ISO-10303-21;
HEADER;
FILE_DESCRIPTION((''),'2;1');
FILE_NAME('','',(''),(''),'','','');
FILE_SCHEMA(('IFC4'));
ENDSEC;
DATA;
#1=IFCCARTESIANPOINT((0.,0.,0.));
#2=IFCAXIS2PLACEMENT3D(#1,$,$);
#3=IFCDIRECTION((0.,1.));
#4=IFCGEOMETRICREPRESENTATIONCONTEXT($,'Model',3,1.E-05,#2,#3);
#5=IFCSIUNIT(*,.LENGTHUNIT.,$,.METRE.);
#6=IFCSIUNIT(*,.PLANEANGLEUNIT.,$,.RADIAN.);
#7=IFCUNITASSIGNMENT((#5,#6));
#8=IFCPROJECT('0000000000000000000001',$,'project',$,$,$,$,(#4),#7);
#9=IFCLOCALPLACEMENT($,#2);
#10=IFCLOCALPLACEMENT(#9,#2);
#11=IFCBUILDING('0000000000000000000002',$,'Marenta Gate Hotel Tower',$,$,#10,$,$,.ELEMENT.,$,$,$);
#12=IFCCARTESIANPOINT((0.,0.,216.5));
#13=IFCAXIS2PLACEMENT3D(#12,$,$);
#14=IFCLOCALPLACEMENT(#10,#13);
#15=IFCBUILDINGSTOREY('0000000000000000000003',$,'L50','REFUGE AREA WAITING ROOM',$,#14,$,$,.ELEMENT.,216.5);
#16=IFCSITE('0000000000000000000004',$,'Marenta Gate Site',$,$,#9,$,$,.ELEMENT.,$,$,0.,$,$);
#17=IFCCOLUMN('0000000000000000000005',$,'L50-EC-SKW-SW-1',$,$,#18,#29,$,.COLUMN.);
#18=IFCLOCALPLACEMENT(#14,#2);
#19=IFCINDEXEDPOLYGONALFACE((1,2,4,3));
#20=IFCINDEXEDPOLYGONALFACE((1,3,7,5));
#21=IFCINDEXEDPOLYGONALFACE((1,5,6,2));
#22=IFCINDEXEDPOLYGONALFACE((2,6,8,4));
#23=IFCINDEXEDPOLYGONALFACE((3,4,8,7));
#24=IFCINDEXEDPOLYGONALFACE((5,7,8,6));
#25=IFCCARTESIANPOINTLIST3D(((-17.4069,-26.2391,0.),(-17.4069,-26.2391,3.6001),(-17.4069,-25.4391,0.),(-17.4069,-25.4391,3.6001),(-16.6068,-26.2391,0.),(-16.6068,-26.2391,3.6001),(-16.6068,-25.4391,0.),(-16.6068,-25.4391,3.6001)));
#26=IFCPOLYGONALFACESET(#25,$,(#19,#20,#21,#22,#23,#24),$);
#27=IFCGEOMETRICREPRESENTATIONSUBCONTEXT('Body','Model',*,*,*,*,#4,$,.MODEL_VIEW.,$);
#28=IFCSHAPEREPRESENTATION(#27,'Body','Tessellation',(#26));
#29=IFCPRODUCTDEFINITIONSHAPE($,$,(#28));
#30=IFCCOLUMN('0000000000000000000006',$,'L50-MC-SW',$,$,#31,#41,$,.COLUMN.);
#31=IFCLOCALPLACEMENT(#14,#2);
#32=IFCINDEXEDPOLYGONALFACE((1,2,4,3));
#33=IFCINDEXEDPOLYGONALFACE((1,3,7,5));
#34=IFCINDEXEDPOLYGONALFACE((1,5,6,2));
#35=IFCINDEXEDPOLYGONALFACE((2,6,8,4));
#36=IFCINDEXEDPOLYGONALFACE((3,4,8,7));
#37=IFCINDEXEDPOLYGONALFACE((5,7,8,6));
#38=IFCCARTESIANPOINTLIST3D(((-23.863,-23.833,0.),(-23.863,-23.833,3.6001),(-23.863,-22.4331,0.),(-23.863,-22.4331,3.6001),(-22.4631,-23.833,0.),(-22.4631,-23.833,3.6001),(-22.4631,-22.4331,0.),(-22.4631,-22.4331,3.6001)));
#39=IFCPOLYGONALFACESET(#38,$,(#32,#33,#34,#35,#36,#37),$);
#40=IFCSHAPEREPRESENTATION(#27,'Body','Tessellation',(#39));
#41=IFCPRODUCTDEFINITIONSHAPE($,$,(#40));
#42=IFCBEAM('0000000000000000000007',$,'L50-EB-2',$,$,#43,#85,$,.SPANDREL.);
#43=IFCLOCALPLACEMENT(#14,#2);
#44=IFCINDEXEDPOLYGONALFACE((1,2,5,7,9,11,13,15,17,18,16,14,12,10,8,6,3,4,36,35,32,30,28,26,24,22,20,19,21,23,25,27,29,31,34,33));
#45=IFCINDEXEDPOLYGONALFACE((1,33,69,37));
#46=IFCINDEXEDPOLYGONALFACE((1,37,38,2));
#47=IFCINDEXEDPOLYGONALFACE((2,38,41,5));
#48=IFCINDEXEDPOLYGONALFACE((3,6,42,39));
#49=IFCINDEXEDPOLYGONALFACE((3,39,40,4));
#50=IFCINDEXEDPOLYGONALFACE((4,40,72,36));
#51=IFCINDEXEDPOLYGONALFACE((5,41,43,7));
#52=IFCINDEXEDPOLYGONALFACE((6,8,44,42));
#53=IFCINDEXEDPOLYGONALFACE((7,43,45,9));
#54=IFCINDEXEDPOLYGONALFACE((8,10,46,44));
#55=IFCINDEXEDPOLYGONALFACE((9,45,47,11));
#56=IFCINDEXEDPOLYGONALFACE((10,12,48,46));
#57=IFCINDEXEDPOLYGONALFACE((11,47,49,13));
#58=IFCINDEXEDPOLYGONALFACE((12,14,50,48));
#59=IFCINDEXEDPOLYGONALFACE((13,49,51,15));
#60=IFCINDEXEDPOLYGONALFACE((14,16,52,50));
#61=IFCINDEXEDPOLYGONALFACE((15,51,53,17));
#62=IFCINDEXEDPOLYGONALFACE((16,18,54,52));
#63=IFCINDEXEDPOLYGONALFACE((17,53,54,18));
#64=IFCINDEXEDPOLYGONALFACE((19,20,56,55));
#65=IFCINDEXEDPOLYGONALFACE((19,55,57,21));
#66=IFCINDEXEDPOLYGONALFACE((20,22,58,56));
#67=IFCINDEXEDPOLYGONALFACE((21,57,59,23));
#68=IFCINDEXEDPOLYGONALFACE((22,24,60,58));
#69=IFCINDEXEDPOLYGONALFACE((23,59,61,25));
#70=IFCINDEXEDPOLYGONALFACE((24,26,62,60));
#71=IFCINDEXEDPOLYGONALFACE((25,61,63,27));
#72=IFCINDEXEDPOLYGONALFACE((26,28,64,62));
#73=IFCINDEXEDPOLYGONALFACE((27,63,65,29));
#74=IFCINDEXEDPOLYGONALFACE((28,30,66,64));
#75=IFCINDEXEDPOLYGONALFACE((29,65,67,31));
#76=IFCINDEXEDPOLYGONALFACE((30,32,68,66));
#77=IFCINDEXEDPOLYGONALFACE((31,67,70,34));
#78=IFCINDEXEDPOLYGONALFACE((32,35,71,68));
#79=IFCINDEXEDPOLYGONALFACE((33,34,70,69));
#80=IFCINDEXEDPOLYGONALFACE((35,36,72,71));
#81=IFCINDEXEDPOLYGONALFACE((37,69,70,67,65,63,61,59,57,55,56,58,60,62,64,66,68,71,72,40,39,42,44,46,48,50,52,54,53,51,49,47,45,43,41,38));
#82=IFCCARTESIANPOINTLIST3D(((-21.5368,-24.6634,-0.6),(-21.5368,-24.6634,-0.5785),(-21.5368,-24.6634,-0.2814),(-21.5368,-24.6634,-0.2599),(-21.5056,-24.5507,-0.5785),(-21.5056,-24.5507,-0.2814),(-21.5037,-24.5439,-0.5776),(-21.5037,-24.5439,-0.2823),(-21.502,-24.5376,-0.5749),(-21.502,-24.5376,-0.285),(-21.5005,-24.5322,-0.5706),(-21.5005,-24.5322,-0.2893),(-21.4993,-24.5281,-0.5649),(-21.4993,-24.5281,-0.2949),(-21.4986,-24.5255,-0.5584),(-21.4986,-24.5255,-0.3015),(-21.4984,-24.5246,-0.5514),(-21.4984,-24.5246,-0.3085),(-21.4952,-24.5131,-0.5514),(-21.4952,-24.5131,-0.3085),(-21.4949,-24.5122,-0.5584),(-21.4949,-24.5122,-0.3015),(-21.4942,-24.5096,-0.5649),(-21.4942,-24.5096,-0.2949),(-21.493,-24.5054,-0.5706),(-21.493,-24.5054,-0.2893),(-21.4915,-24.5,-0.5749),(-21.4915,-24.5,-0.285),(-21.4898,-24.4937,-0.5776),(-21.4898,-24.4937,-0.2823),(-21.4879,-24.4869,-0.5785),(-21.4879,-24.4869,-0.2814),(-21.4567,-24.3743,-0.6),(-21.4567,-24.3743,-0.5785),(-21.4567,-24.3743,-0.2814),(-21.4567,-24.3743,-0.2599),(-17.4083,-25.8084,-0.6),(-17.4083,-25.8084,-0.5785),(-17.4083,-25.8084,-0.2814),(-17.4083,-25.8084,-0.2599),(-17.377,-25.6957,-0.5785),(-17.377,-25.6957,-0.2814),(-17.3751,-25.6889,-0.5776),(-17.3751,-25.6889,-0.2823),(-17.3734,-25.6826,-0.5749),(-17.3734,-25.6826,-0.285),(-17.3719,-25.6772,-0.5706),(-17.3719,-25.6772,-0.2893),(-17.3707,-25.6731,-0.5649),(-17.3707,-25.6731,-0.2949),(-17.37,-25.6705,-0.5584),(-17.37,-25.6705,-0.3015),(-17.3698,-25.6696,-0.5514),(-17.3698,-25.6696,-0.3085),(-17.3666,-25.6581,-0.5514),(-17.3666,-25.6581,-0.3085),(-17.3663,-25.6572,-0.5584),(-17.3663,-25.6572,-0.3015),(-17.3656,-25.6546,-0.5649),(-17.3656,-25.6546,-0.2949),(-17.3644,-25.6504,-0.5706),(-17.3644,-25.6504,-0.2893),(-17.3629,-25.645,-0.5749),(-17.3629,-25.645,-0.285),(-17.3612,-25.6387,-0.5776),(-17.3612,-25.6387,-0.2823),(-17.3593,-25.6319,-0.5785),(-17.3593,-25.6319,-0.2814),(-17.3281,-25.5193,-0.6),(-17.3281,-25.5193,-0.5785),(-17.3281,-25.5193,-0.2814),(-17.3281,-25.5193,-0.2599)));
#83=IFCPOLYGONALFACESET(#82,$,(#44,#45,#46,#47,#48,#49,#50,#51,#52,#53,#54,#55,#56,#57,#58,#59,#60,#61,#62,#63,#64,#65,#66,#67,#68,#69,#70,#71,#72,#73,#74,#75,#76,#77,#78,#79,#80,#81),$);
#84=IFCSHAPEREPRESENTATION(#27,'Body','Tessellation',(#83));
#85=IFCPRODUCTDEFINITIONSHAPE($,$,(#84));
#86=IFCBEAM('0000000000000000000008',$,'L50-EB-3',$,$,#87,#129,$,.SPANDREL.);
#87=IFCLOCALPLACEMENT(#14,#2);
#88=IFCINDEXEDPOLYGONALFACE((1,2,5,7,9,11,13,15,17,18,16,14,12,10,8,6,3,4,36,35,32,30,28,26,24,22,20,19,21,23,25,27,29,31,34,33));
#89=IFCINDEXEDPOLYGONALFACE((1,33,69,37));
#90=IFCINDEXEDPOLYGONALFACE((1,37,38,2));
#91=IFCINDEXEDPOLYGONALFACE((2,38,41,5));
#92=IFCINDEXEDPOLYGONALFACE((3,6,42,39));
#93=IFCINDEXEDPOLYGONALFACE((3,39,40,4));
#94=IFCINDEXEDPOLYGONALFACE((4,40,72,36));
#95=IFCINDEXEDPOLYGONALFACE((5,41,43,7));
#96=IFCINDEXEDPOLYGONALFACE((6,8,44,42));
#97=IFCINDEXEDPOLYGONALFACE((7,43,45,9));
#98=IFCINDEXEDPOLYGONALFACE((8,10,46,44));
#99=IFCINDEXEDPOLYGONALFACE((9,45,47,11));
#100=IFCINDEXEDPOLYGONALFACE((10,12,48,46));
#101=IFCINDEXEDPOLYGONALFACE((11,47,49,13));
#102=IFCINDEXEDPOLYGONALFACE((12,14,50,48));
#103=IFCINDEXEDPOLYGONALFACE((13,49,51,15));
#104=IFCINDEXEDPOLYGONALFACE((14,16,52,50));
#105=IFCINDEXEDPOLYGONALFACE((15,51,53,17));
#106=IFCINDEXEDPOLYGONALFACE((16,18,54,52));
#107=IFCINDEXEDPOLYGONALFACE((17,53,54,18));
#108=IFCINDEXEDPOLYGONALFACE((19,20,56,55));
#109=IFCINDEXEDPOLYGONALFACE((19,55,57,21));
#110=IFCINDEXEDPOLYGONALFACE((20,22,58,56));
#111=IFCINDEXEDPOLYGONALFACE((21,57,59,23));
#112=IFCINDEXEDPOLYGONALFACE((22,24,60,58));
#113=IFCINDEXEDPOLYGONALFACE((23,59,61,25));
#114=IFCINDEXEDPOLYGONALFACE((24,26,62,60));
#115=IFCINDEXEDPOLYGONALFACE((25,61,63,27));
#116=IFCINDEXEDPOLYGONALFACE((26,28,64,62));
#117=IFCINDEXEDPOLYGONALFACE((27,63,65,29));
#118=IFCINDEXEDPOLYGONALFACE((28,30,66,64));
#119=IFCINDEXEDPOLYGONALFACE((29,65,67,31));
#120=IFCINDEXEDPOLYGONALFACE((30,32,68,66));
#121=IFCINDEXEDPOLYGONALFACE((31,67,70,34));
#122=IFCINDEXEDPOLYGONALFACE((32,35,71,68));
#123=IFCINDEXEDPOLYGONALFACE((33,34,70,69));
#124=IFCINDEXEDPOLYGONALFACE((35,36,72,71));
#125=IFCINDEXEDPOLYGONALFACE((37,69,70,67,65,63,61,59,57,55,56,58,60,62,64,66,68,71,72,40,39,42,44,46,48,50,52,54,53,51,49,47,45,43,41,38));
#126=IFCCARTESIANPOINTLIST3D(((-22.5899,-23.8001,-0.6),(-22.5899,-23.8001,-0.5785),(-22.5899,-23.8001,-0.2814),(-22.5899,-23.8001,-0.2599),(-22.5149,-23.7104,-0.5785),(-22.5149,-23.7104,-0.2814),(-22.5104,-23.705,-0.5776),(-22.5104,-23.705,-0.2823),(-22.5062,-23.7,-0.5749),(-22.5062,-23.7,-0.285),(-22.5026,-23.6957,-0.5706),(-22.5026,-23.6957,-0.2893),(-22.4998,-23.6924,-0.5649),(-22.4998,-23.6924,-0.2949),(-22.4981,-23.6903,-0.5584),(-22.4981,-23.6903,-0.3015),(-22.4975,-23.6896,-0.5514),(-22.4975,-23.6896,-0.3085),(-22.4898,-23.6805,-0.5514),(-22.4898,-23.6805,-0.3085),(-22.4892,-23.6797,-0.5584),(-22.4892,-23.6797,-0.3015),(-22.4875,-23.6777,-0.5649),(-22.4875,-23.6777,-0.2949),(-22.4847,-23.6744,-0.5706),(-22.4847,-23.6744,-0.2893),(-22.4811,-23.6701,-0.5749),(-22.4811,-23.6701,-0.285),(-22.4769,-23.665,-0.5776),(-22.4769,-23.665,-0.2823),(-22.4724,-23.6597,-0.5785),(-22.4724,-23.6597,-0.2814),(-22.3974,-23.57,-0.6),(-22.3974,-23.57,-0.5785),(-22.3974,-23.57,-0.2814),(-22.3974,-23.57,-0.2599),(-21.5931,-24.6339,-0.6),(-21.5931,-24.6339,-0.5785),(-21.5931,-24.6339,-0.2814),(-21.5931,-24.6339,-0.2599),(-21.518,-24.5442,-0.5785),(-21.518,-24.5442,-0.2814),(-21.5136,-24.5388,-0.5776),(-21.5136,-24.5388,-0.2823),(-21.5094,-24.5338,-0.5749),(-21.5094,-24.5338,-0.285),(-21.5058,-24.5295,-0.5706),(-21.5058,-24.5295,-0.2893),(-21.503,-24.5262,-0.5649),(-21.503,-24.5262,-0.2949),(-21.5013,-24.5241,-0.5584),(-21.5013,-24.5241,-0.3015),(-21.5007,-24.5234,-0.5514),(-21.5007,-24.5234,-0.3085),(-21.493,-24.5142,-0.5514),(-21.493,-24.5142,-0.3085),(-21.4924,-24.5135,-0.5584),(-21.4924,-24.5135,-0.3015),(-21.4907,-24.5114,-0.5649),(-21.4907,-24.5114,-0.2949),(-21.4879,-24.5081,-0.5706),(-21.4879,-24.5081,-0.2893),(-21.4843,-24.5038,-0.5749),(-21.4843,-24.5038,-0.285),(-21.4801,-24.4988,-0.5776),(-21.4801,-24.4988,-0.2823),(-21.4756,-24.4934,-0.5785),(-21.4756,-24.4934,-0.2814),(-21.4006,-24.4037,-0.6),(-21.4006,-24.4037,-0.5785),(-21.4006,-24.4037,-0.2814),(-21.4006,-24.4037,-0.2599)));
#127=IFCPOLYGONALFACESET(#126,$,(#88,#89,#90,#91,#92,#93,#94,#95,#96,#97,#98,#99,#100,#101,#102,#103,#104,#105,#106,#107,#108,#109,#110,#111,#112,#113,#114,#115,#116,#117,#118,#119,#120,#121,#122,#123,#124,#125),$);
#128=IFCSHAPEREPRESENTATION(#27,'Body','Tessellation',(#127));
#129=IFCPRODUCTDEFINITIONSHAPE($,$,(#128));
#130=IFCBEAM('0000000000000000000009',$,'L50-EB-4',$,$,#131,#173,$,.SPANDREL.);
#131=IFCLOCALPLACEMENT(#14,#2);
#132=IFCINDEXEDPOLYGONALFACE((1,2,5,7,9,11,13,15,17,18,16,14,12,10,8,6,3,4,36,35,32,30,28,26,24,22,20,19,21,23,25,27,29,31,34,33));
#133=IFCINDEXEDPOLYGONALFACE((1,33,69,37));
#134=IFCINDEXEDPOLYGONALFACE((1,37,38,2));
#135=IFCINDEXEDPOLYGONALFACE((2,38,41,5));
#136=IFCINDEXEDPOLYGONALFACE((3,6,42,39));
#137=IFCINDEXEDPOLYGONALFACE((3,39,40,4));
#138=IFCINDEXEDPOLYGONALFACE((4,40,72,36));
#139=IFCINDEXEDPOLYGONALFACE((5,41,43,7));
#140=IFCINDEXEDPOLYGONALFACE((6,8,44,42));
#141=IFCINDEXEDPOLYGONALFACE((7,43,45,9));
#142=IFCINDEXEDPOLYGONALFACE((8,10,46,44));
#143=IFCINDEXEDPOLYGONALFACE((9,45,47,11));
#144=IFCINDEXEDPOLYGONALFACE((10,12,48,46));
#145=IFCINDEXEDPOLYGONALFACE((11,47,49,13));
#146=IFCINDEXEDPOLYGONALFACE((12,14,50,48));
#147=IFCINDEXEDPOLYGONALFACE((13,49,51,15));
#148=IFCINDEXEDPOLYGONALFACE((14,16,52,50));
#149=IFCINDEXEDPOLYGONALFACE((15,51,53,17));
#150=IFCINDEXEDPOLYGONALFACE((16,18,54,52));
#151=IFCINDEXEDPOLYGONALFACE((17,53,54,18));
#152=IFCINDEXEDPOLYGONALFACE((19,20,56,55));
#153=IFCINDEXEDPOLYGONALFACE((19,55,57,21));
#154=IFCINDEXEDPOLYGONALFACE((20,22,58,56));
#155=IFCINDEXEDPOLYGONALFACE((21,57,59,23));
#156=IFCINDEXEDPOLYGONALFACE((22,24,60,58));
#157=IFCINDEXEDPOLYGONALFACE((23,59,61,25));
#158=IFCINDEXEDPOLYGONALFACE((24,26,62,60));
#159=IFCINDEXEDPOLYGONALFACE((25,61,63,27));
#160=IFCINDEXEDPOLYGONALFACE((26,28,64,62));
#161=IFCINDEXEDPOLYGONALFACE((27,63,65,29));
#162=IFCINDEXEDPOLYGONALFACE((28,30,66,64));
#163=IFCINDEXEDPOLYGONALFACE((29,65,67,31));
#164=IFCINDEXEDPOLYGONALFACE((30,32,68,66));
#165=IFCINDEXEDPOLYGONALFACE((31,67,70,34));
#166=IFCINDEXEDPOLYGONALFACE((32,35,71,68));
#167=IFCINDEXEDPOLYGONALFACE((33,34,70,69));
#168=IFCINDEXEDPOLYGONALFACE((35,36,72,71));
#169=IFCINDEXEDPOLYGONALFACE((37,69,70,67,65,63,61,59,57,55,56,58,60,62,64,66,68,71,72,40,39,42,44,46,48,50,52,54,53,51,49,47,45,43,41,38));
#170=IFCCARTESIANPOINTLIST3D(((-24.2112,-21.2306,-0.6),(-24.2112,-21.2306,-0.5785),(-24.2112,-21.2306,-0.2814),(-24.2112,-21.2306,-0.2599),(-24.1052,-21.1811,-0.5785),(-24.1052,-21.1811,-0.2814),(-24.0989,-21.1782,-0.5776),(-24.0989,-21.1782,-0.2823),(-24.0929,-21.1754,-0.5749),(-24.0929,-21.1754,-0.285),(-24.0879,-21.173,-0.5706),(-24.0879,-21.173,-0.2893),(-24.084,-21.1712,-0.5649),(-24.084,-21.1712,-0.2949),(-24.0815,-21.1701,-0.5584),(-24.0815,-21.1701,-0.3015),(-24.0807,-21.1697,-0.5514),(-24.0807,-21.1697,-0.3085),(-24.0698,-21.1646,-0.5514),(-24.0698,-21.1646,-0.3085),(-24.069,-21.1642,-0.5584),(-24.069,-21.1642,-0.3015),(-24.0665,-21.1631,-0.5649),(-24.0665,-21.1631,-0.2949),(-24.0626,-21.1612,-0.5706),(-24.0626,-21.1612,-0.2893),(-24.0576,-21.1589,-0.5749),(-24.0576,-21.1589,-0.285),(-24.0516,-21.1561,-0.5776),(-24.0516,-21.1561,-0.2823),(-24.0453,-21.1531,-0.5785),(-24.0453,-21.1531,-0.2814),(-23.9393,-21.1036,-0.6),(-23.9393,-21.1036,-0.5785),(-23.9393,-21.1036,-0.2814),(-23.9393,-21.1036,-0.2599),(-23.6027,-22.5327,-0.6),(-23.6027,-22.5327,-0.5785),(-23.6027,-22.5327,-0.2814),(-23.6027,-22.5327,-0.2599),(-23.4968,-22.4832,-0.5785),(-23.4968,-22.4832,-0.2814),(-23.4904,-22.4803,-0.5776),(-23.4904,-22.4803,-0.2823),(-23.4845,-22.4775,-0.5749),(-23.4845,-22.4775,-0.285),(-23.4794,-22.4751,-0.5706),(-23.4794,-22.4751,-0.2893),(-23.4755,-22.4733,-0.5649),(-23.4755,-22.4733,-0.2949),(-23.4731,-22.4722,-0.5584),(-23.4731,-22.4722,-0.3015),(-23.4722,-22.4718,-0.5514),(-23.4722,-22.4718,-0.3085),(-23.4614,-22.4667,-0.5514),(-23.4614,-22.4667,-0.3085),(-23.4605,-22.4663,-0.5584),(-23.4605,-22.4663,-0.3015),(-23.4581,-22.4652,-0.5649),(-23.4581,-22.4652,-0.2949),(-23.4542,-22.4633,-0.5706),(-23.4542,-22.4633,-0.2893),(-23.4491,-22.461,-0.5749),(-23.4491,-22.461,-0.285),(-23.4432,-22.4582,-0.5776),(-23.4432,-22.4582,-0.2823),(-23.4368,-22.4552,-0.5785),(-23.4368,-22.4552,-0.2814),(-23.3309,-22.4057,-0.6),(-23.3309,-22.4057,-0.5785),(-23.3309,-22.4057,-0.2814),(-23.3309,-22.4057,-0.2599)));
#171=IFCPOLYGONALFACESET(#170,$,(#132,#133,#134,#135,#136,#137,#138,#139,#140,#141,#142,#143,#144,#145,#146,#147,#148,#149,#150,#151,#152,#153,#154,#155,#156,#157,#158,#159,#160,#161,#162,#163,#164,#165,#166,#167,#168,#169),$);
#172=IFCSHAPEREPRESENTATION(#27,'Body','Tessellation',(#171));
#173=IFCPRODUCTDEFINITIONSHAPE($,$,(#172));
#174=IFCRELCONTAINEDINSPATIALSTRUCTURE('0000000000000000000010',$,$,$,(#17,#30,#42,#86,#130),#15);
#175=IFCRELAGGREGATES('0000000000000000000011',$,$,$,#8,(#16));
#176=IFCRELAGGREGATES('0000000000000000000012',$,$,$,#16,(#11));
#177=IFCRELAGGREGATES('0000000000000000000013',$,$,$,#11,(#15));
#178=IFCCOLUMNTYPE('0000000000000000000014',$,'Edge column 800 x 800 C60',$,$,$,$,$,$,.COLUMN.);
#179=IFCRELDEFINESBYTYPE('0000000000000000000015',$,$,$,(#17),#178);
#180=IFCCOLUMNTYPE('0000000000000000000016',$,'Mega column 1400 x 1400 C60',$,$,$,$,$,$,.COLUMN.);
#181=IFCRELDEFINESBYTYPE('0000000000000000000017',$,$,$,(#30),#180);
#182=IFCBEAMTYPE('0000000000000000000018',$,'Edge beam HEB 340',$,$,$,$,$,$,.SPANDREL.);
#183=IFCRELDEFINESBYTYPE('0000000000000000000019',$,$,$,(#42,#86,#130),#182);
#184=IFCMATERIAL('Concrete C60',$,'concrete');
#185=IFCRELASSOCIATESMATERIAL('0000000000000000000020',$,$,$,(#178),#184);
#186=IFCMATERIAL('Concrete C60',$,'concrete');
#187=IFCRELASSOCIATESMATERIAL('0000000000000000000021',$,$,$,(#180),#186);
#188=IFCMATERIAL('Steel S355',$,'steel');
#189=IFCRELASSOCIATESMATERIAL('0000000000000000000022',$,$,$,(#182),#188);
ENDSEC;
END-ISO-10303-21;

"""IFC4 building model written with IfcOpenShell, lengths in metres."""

from ifc_helpers import new_model, si_unit, direction, frame, origin, origin_2d, place, context, subcontext, project, spatial, rectangle, i_section, extrude, material, material_profile, profile_set, type_object, element, save


model = new_model("IFC4")

# Units and contexts
model_context = context("Model", 3, precision=1e-05, world=origin(), true_north=direction((0.0, 1.0)))
body_context = subcontext(model_context, "Body", "Model", "MODEL_VIEW")
ifc_project = project(units=[si_unit("LENGTHUNIT", "METRE"), si_unit("PLANEANGLEUNIT", "RADIAN")], contexts=[model_context])

# Site, building, storey
site_placement = place(None, origin())
site = spatial("IfcSite", under=ifc_project, at=site_placement, Name="Marenta Gate Site", CompositionType="ELEMENT", RefElevation=0.0)
building_placement = place(site_placement, origin())
building = spatial("IfcBuilding", under=site, at=building_placement, Name="Marenta Gate Hotel Tower", CompositionType="ELEMENT")
storey_placement = place(building_placement, frame((0.0, 0.0, 216.5)))
storey = spatial("IfcBuildingStorey", under=building, at=storey_placement, Name="L50", Description="REFUGE AREA WAITING ROOM", CompositionType="ELEMENT", Elevation=216.5)

# Columns
ifc_material_1 = material(Name="Concrete C60", Category="concrete")
ifc_material_profile_1 = material_profile(ifc_material_1, rectangle(XDim=0.8, YDim=0.8, at=origin_2d()), Name="800 x 800")
ifc_profile_set_1 = profile_set([ifc_material_profile_1], Name="Concrete C60")
column_type_1 = type_object("IfcColumnType", Name="Edge column 800 x 800 C60", PredefinedType="COLUMN", material=ifc_profile_set_1)
column_1_placement = place(storey_placement, frame((-17.0068, -25.8391, 0.0), z_axis=(0.0, 0.0, 1.0), x_axis=(1.0, 0.0, 0.0)))
element("IfcColumn", 1, at=column_1_placement, inside=storey, type_object=column_type_1, Name="L50-EC-SKW-SW-1", PredefinedType="COLUMN", context=body_context, shape_type="SweptSolid", body=[
    extrude(rectangle(XDim=0.8, YDim=0.8, at=origin_2d()), origin(), (0.0, 0.0, 1.0), 3.6001),
])
ifc_material_2 = material(Name="Concrete C60", Category="concrete")
ifc_material_profile_2 = material_profile(ifc_material_2, rectangle(XDim=1.3999, YDim=1.3999, at=origin_2d()), Name="1400 x 1400")
ifc_profile_set_2 = profile_set([ifc_material_profile_2], Name="Concrete C60")
column_type_2 = type_object("IfcColumnType", Name="Mega column 1400 x 1400 C60", PredefinedType="COLUMN", material=ifc_profile_set_2)
column_2_placement = place(storey_placement, frame((-23.1631, -23.1331, 0.0), z_axis=(0.0, 0.0, 1.0), x_axis=(1.0, 0.0, 0.0)))
element("IfcColumn", 2, at=column_2_placement, inside=storey, type_object=column_type_2, Name="L50-MC-SW", PredefinedType="COLUMN", context=body_context, shape_type="SweptSolid", body=[
    extrude(rectangle(XDim=1.3999, YDim=1.3999, at=origin_2d()), origin(), (0.0, 0.0, 1.0), 3.6001),
])

# Beams
ifc_material_3 = material(Name="Steel S355", Category="steel")
ifc_material_profile_3 = material_profile(ifc_material_3, i_section(OverallWidth=0.3, OverallDepth=0.3401, WebThickness=0.012, FlangeThickness=0.0215, FilletRadius=0.0271, at=origin_2d()), Name="HEB 340")
ifc_profile_set_3 = profile_set([ifc_material_profile_3], Name="Steel S355")
beam_type_1 = type_object("IfcBeamType", Name="Edge beam HEB 340", PredefinedType="SPANDREL", material=ifc_profile_set_3)
beam_1_placement = place(storey_placement, frame((-17.3682, -25.6638, -0.4299), z_axis=(-0.963628, 0.267247, 0.0), x_axis=(-0.267247, -0.963628, 0.0)))
element("IfcBeam", 3, at=beam_1_placement, inside=storey, type_object=beam_type_1, Name="L50-EB-2", PredefinedType="SPANDREL", context=body_context, shape_type="SweptSolid", body=[
    extrude(i_section(OverallWidth=0.3, OverallDepth=0.3401, WebThickness=0.012, FlangeThickness=0.0215, FilletRadius=0.0271, at=origin_2d()), origin(), (0.0, 0.0, 1.0), 4.2844),
])
beam_2_placement = place(storey_placement, frame((-21.4968, -24.5188, -0.4299), z_axis=(-0.767065, 0.641569, 0.0), x_axis=(-0.641569, -0.767065, 0.0)))
element("IfcBeam", 4, at=beam_2_placement, inside=storey, type_object=beam_type_1, Name="L50-EB-3", PredefinedType="SPANDREL", context=body_context, shape_type="SweptSolid", body=[
    extrude(i_section(OverallWidth=0.3, OverallDepth=0.3401, WebThickness=0.012, FlangeThickness=0.0215, FilletRadius=0.0271, at=origin_2d()), origin(), (0.0, 0.0, 1.0), 1.2996),
])
beam_3_placement = place(storey_placement, frame((-23.4668, -22.4692, -0.4299), z_axis=(-0.423341, 0.90597, 0.0), x_axis=(-0.90597, -0.423341, 0.0)))
element("IfcBeam", 5, at=beam_3_placement, inside=storey, type_object=beam_type_1, Name="L50-EB-4", PredefinedType="SPANDREL", context=body_context, shape_type="SweptSolid", body=[
    extrude(i_section(OverallWidth=0.3, OverallDepth=0.3401, WebThickness=0.012, FlangeThickness=0.0215, FilletRadius=0.0271, at=origin_2d()), origin(), (0.0, 0.0, 1.0), 1.4373),
])

save(model, "model.ifc")
